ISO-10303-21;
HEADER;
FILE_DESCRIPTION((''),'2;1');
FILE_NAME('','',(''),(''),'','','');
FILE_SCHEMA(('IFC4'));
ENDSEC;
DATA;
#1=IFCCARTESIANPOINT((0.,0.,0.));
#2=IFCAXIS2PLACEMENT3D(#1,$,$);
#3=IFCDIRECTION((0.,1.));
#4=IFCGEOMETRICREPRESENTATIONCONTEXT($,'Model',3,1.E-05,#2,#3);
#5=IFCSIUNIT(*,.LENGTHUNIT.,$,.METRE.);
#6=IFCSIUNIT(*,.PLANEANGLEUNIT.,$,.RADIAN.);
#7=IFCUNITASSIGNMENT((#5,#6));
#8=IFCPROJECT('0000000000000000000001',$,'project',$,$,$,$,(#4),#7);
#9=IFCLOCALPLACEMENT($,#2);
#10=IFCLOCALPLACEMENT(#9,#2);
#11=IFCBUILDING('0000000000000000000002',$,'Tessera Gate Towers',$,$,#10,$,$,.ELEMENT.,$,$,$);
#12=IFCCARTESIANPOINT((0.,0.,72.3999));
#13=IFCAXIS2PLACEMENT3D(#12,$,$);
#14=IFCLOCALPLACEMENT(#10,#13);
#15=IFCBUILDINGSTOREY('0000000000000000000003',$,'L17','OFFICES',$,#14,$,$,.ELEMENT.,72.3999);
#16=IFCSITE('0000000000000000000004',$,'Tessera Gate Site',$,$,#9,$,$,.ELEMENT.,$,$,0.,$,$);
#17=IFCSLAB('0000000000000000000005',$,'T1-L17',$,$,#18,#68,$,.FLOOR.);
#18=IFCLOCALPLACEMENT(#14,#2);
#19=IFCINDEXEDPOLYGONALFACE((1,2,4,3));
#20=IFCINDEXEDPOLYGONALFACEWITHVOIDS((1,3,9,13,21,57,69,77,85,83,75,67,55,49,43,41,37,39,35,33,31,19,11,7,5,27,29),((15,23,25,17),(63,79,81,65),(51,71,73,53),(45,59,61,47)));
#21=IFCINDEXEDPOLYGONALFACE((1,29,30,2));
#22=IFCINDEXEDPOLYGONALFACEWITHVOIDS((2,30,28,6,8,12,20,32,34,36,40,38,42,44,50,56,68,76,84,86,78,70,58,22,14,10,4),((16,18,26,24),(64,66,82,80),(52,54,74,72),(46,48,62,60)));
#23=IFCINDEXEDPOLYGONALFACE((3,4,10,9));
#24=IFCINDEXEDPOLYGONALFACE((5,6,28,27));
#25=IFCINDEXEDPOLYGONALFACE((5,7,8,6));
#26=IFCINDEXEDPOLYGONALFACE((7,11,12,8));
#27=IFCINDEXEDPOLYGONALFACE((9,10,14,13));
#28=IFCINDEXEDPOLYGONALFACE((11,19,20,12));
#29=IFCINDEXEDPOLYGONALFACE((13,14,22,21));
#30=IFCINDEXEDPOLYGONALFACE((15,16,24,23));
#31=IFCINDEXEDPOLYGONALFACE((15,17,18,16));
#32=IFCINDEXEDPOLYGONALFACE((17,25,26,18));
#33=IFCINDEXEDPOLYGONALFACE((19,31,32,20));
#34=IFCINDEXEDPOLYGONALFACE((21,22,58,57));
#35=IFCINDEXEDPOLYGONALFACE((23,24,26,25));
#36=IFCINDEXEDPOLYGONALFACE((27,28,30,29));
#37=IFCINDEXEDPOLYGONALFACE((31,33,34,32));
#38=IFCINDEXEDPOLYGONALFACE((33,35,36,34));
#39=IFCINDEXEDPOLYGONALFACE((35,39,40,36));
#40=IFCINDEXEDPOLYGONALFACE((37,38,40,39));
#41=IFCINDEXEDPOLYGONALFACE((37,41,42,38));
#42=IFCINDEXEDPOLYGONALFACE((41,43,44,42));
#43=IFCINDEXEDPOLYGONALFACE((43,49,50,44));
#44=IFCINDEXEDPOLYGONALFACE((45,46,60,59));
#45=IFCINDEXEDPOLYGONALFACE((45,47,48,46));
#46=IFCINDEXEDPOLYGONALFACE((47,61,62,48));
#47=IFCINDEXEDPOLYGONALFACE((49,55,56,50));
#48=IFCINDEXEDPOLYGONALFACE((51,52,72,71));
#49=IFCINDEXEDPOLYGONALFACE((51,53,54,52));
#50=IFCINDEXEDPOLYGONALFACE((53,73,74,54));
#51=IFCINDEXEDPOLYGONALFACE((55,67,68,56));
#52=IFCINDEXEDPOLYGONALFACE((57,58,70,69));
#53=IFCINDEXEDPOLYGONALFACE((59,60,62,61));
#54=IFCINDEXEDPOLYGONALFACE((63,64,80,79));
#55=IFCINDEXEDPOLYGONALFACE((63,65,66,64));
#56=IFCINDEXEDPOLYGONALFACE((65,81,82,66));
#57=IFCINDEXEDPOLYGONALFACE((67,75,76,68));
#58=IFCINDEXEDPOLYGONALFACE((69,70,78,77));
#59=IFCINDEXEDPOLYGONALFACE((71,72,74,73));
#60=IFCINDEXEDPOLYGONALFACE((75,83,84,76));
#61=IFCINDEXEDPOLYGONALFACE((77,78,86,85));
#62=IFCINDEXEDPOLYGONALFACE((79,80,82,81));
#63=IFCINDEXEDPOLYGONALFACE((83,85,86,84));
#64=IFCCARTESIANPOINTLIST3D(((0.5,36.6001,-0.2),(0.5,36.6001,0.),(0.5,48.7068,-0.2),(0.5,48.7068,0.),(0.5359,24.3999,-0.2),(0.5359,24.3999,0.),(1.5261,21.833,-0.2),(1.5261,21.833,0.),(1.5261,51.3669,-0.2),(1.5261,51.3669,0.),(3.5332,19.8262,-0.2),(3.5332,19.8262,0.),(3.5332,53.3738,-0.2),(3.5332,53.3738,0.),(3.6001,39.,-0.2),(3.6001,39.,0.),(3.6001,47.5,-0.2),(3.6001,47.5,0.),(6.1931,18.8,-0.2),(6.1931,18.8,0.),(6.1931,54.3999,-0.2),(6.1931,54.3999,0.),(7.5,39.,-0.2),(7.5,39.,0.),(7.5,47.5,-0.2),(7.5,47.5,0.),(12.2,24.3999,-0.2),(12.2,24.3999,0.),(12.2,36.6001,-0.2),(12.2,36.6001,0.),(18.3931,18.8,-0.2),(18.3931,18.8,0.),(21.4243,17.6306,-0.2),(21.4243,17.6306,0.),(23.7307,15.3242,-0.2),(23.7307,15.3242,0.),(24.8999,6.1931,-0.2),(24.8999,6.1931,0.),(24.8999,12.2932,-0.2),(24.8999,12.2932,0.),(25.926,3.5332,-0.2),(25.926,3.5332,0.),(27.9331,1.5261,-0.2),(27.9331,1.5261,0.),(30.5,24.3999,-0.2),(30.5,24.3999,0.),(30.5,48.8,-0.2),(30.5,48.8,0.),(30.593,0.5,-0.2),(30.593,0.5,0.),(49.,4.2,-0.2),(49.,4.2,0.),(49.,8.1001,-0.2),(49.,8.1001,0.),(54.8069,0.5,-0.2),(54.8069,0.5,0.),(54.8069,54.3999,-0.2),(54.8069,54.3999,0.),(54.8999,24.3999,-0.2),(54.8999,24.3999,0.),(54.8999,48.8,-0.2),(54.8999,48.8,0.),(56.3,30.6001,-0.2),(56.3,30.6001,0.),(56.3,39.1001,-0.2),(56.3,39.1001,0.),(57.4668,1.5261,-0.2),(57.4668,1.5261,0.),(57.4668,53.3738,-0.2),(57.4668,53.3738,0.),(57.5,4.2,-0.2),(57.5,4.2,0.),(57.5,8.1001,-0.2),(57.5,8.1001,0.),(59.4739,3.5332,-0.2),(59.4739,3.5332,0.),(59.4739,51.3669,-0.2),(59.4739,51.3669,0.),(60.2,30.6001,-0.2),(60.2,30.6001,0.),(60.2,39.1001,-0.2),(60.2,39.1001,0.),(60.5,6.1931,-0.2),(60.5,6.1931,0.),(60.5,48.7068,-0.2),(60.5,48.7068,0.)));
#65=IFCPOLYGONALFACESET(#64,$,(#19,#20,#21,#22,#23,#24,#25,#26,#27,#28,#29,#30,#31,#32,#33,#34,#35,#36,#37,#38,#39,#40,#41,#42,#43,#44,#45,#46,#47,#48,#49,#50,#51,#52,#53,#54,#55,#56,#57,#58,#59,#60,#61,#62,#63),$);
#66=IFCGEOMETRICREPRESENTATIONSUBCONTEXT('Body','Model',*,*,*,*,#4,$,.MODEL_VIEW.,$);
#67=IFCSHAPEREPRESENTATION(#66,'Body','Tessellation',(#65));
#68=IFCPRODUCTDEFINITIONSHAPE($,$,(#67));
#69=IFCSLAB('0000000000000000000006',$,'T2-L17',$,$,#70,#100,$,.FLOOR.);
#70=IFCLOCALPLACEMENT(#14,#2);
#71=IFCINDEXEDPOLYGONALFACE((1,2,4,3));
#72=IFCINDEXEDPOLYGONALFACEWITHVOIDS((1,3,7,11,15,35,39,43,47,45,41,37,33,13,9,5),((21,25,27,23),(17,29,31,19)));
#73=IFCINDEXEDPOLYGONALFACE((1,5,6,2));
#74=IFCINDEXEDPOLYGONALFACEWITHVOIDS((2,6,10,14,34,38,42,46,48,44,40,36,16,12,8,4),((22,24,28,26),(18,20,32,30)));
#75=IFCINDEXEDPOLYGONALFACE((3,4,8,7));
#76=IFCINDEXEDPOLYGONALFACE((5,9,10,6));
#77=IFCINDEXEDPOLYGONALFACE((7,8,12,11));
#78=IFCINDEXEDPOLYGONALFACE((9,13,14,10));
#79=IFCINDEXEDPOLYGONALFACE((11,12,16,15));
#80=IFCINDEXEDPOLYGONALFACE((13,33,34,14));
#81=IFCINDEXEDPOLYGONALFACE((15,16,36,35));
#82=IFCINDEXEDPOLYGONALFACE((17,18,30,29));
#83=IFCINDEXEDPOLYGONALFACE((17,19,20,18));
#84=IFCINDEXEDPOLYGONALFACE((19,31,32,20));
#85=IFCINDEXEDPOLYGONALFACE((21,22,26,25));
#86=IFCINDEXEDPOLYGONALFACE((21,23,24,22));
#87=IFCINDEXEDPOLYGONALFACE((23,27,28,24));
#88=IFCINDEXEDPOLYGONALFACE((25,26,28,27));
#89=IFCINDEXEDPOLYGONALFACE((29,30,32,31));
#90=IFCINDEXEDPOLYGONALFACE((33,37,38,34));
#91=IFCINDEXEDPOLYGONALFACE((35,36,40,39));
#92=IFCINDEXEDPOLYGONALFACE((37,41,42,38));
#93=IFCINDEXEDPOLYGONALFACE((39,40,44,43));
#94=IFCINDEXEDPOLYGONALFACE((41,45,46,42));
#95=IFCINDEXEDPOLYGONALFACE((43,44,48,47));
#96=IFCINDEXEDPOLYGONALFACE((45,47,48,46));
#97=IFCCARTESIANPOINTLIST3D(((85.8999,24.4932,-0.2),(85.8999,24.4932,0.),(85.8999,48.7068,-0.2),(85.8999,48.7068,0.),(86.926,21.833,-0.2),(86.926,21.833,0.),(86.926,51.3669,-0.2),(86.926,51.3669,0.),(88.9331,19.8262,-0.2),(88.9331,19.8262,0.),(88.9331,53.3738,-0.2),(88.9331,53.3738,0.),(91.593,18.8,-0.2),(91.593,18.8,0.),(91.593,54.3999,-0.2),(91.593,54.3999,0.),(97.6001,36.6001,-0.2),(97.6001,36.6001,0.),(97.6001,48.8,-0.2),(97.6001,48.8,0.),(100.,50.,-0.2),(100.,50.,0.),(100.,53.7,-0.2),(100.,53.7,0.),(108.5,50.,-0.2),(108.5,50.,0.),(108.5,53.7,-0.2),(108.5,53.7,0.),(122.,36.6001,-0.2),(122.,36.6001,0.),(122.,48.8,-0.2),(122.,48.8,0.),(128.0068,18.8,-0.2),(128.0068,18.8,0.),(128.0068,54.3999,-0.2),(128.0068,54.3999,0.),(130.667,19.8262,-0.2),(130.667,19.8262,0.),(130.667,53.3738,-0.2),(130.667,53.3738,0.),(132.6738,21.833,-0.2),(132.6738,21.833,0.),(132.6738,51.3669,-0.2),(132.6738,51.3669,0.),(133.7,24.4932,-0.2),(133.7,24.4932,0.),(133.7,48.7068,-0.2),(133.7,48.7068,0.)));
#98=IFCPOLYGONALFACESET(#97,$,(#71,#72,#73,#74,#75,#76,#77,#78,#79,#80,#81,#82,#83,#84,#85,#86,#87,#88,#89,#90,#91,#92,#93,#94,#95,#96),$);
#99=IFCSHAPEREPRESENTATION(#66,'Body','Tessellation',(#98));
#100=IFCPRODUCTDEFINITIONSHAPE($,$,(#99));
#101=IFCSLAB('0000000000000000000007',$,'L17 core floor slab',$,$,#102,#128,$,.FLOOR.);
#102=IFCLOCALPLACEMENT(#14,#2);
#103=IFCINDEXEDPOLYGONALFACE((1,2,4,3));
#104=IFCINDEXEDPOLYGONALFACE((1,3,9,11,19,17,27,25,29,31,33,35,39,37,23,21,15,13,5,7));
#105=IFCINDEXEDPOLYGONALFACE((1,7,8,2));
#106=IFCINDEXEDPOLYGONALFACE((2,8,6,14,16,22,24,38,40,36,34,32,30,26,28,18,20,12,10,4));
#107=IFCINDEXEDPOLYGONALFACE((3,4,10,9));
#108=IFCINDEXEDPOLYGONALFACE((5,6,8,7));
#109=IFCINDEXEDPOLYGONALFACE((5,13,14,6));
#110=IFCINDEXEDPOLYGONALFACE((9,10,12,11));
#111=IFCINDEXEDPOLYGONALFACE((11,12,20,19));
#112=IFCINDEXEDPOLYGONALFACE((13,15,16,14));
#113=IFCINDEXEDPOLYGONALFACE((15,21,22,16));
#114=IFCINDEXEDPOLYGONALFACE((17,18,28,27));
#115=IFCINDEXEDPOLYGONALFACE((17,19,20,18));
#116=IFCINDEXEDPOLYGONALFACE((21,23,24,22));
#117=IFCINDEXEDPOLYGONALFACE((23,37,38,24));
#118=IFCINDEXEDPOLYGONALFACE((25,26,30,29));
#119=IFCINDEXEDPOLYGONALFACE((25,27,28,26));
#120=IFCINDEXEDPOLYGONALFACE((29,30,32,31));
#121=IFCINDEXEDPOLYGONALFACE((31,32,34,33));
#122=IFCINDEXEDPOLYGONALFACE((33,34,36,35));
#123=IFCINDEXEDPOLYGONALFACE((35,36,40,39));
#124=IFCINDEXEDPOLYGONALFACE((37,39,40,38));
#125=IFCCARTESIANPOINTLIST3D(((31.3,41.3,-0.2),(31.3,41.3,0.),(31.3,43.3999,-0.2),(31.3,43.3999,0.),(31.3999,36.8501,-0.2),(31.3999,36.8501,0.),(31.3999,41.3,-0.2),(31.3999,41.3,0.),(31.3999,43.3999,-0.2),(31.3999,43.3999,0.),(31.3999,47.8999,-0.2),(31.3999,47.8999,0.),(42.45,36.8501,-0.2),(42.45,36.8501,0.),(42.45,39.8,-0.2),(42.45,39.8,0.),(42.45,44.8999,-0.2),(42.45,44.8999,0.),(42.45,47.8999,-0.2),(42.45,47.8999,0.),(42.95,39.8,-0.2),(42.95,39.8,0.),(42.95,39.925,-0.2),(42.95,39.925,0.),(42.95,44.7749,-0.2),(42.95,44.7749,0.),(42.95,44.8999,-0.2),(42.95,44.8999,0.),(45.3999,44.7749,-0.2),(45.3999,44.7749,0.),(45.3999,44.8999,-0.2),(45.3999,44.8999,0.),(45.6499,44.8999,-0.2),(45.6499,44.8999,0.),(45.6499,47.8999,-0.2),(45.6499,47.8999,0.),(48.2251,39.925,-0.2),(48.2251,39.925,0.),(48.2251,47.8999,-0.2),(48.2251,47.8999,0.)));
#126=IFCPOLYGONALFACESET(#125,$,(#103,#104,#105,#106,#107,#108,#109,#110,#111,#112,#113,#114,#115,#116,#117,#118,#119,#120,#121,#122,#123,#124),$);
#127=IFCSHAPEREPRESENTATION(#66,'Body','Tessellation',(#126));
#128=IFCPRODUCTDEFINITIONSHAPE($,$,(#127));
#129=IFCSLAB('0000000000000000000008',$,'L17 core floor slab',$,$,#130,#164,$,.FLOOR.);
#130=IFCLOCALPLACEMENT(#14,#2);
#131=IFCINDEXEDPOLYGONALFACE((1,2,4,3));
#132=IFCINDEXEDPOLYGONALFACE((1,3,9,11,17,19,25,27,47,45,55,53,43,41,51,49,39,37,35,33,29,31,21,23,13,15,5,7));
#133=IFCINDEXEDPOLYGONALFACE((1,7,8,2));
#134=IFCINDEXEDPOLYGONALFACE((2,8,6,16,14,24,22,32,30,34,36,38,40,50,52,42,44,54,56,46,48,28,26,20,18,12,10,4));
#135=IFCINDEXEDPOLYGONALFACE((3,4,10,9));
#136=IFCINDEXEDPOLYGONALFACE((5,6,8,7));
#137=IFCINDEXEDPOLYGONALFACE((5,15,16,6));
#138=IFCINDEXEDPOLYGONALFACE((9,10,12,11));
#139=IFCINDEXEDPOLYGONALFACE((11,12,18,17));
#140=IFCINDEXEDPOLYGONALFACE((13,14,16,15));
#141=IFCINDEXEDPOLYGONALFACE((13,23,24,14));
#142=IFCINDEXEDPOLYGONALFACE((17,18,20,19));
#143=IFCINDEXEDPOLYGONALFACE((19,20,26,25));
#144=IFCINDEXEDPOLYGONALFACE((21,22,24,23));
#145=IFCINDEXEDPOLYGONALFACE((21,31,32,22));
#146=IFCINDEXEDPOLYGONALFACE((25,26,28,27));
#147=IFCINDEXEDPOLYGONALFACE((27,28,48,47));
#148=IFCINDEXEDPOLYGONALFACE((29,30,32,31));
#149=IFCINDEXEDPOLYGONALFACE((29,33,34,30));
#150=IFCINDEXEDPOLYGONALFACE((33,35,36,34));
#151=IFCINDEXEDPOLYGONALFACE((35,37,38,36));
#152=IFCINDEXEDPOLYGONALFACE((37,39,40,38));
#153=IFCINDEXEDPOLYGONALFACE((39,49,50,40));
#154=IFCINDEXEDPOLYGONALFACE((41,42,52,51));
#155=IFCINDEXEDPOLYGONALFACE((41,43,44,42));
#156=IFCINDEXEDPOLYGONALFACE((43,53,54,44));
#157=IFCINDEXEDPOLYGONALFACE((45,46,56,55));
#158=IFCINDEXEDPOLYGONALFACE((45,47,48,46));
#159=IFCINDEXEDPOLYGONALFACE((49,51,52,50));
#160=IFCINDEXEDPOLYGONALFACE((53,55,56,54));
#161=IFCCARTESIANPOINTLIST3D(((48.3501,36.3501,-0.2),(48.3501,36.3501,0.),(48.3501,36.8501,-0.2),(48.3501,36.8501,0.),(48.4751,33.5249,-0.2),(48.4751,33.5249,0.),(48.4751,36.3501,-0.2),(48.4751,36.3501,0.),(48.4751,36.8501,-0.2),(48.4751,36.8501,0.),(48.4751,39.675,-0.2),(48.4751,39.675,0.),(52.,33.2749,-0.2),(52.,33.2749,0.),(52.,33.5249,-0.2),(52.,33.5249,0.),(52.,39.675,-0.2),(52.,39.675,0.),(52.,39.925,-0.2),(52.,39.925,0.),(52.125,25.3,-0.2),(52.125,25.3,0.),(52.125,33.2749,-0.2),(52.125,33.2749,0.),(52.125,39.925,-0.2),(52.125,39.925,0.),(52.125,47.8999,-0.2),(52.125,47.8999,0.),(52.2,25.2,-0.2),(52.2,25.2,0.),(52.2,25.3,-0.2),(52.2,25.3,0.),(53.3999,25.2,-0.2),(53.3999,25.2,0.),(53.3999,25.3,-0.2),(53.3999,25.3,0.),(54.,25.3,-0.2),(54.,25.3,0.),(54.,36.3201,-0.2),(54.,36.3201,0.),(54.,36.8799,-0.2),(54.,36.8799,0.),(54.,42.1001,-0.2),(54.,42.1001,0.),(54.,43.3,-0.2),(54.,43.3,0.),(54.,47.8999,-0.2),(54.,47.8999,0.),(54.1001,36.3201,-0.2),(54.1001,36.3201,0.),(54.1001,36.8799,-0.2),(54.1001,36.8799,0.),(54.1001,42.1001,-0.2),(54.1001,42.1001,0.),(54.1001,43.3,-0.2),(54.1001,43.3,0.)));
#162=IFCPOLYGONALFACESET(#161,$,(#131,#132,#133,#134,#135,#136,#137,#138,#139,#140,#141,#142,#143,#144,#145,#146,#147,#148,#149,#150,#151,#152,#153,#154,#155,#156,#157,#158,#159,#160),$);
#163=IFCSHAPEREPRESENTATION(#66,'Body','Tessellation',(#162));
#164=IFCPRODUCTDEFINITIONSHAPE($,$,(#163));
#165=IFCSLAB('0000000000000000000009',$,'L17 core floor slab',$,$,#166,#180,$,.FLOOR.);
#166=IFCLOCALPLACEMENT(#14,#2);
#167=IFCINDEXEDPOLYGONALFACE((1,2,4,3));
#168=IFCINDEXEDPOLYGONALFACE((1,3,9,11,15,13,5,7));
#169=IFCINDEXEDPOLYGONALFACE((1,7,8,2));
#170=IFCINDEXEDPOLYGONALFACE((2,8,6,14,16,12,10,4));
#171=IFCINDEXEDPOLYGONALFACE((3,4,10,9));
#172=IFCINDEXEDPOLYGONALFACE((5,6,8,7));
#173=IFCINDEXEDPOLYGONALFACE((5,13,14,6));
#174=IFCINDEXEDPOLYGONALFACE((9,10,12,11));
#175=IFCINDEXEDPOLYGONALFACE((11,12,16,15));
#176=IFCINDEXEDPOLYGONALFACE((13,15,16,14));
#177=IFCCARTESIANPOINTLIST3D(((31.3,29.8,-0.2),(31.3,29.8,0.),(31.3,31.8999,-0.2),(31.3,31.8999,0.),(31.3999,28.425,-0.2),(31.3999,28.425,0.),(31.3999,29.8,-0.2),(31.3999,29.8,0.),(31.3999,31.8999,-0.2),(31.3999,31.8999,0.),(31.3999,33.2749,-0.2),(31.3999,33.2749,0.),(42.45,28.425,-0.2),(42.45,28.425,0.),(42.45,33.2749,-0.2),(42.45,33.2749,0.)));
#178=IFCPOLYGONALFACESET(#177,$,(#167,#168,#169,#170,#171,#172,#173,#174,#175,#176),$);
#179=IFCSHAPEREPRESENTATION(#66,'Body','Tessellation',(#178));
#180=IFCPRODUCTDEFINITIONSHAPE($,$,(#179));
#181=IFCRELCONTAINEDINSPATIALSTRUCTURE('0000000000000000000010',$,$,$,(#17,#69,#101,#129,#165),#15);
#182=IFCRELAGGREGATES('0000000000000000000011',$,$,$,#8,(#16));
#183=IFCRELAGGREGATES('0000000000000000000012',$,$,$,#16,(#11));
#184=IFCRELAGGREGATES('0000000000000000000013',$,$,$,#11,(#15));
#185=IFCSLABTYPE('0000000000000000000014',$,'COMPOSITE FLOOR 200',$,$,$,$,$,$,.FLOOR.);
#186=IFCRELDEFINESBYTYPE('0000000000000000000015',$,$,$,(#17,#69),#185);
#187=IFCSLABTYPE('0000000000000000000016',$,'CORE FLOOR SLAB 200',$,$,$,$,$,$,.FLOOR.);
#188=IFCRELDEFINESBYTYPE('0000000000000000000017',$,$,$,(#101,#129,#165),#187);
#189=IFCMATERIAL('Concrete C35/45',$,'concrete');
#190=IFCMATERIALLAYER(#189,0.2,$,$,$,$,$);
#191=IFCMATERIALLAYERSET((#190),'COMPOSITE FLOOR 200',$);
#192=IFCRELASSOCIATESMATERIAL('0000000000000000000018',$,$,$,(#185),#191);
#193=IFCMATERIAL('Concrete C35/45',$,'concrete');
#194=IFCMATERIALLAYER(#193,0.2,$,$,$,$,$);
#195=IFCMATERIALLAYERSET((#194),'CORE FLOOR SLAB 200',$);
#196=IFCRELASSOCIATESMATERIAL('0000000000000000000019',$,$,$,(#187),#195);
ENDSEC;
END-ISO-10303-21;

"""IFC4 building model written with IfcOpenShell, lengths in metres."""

from ifc_helpers import new_model, si_unit, direction, frame, origin, place, context, subcontext, project, spatial, polyline, outline, extrude, material, layer, layer_set, type_object, element, save


model = new_model("IFC4")

# Units and contexts
model_context = context("Model", 3, precision=1e-05, world=origin(), true_north=direction((0.0, 1.0)))
body_context = subcontext(model_context, "Body", "Model", "MODEL_VIEW")
ifc_project = project(units=[si_unit("LENGTHUNIT", "METRE"), si_unit("PLANEANGLEUNIT", "RADIAN")], contexts=[model_context])

# Site, building, storey
site_placement = place(None, origin())
site = spatial("IfcSite", under=ifc_project, at=site_placement, Name="Tessera Gate Site", CompositionType="ELEMENT", RefElevation=0.0)
building_placement = place(site_placement, origin())
building = spatial("IfcBuilding", under=site, at=building_placement, Name="Tessera Gate Towers", CompositionType="ELEMENT")
storey_placement = place(building_placement, frame((0.0, 0.0, 72.3999)))
storey = spatial("IfcBuildingStorey", under=building, at=storey_placement, Name="L17", Description="OFFICES", CompositionType="ELEMENT", Elevation=72.3999)

# Slabs
ifc_material_1 = material(Name="Concrete C35/45", Category="concrete")
ifc_layer_1 = layer(ifc_material_1, 0.2)
ifc_layer_set_1 = layer_set([ifc_layer_1], Name="COMPOSITE FLOOR 200")
slab_type_1 = type_object("IfcSlabType", Name="COMPOSITE FLOOR 200", PredefinedType="FLOOR", material=ifc_layer_set_1)
slab_1_placement = place(storey_placement, frame((0.0, 0.0, -0.2)))
element("IfcSlab", 1, at=slab_1_placement, inside=storey, type_object=slab_type_1, Name="T1-L17", PredefinedType="FLOOR", context=body_context, shape_type="SweptSolid", body=[
    extrude(outline(polyline([(0.5, 36.6001), (12.2, 36.6001), (12.2, 24.3999), (0.5359, 24.3999), (1.5261, 21.833), (3.5332, 19.8262), (6.1931, 18.8), (18.3931, 18.8), (21.4243, 17.6306), (23.7307, 15.3242), (24.8999, 12.2932), (24.8999, 6.1931), (25.926, 3.5332), (27.9331, 1.5261), (30.593, 0.5), (54.8069, 0.5), (57.4668, 1.5261), (59.4739, 3.5332), (60.5, 6.1931), (60.5, 48.7068), (59.4739, 51.3669), (57.4668, 53.3738), (54.8069, 54.3999), (6.1931, 54.3999), (3.5332, 53.3738), (1.5261, 51.3669), (0.5, 48.7068), (0.5, 36.6001)]), holes=[polyline([(3.6001, 39.0), (3.6001, 47.5), (7.5, 47.5), (7.5, 39.0), (3.6001, 39.0)]), polyline([(30.5, 24.3999), (30.5, 48.8), (54.8999, 48.8), (54.8999, 24.3999), (30.5, 24.3999)]), polyline([(49.0, 4.2), (49.0, 8.1001), (57.5, 8.1001), (57.5, 4.2), (49.0, 4.2)]), polyline([(56.3, 30.6001), (56.3, 39.1001), (60.2, 39.1001), (60.2, 30.6001), (56.3, 30.6001)])]), origin(), (0.0, 0.0, 1.0), 0.2),
])
slab_2_placement = place(storey_placement, frame((0.0, 0.0, -0.2)))
element("IfcSlab", 2, at=slab_2_placement, inside=storey, type_object=slab_type_1, Name="T2-L17", PredefinedType="FLOOR", context=body_context, shape_type="SweptSolid", body=[
    extrude(outline(polyline([(85.8999, 24.4932), (86.926, 21.833), (88.9331, 19.8262), (91.593, 18.8), (128.0068, 18.8), (130.667, 19.8262), (132.6738, 21.833), (133.7, 24.4932), (133.7, 48.7068), (132.6738, 51.3669), (130.667, 53.3738), (128.0068, 54.3999), (91.593, 54.3999), (88.9331, 53.3738), (86.926, 51.3669), (85.8999, 48.7068), (85.8999, 24.4932)]), holes=[polyline([(97.6001, 36.6001), (97.6001, 48.8), (122.0, 48.8), (122.0, 36.6001), (97.6001, 36.6001)]), polyline([(100.0, 50.0), (100.0, 53.7), (108.5, 53.7), (108.5, 50.0), (100.0, 50.0)])]), origin(), (0.0, 0.0, 1.0), 0.2),
])
ifc_material_2 = material(Name="Concrete C35/45", Category="concrete")
ifc_layer_2 = layer(ifc_material_2, 0.2)
ifc_layer_set_2 = layer_set([ifc_layer_2], Name="CORE FLOOR SLAB 200")
slab_type_2 = type_object("IfcSlabType", Name="CORE FLOOR SLAB 200", PredefinedType="FLOOR", material=ifc_layer_set_2)
slab_3_placement = place(storey_placement, frame((0.0, 0.0, -0.2)))
element("IfcSlab", 3, at=slab_3_placement, inside=storey, type_object=slab_type_2, Name="L17 core floor slab", PredefinedType="FLOOR", context=body_context, shape_type="SweptSolid", body=[
    extrude(outline(polyline([(31.3999, 47.8999), (31.3999, 43.3999), (31.3, 43.3999), (31.3, 41.3), (31.3999, 41.3), (31.3999, 36.8501), (42.45, 36.8501), (42.45, 39.8), (42.95, 39.8), (42.95, 39.925), (48.2251, 39.925), (48.2251, 47.8999), (45.6499, 47.8999), (45.6499, 44.8999), (45.3999, 44.8999), (45.3999, 44.7749), (42.95, 44.7749), (42.95, 44.8999), (42.45, 44.8999), (42.45, 47.8999), (31.3999, 47.8999)])), origin(), (0.0, 0.0, 1.0), 0.2),
])
slab_4_placement = place(storey_placement, frame((0.0, 0.0, -0.2)))
element("IfcSlab", 4, at=slab_4_placement, inside=storey, type_object=slab_type_2, Name="L17 core floor slab", PredefinedType="FLOOR", context=body_context, shape_type="SweptSolid", body=[
    extrude(outline(polyline([(52.2, 25.2), (53.3999, 25.2), (53.3999, 25.3), (54.0, 25.3), (54.0, 36.3201), (54.1001, 36.3201), (54.1001, 36.8799), (54.0, 36.8799), (54.0, 42.1001), (54.1001, 42.1001), (54.1001, 43.3), (54.0, 43.3), (54.0, 47.8999), (52.125, 47.8999), (52.125, 39.925), (52.0, 39.925), (52.0, 39.675), (48.4751, 39.675), (48.4751, 36.8501), (48.3501, 36.8501), (48.3501, 36.3501), (48.4751, 36.3501), (48.4751, 33.5249), (52.0, 33.5249), (52.0, 33.2749), (52.125, 33.2749), (52.125, 25.3), (52.2, 25.3), (52.2, 25.2)])), origin(), (0.0, 0.0, 1.0), 0.2),
])
slab_5_placement = place(storey_placement, frame((0.0, 0.0, -0.2)))
element("IfcSlab", 5, at=slab_5_placement, inside=storey, type_object=slab_type_2, Name="L17 core floor slab", PredefinedType="FLOOR", context=body_context, shape_type="SweptSolid", body=[
    extrude(outline(polyline([(31.3999, 29.8), (31.3999, 28.425), (42.45, 28.425), (42.45, 33.2749), (31.3999, 33.2749), (31.3999, 31.8999), (31.3, 31.8999), (31.3, 29.8), (31.3999, 29.8)])), origin(), (0.0, 0.0, 1.0), 0.2),
])

save(model, "model.ifc")
